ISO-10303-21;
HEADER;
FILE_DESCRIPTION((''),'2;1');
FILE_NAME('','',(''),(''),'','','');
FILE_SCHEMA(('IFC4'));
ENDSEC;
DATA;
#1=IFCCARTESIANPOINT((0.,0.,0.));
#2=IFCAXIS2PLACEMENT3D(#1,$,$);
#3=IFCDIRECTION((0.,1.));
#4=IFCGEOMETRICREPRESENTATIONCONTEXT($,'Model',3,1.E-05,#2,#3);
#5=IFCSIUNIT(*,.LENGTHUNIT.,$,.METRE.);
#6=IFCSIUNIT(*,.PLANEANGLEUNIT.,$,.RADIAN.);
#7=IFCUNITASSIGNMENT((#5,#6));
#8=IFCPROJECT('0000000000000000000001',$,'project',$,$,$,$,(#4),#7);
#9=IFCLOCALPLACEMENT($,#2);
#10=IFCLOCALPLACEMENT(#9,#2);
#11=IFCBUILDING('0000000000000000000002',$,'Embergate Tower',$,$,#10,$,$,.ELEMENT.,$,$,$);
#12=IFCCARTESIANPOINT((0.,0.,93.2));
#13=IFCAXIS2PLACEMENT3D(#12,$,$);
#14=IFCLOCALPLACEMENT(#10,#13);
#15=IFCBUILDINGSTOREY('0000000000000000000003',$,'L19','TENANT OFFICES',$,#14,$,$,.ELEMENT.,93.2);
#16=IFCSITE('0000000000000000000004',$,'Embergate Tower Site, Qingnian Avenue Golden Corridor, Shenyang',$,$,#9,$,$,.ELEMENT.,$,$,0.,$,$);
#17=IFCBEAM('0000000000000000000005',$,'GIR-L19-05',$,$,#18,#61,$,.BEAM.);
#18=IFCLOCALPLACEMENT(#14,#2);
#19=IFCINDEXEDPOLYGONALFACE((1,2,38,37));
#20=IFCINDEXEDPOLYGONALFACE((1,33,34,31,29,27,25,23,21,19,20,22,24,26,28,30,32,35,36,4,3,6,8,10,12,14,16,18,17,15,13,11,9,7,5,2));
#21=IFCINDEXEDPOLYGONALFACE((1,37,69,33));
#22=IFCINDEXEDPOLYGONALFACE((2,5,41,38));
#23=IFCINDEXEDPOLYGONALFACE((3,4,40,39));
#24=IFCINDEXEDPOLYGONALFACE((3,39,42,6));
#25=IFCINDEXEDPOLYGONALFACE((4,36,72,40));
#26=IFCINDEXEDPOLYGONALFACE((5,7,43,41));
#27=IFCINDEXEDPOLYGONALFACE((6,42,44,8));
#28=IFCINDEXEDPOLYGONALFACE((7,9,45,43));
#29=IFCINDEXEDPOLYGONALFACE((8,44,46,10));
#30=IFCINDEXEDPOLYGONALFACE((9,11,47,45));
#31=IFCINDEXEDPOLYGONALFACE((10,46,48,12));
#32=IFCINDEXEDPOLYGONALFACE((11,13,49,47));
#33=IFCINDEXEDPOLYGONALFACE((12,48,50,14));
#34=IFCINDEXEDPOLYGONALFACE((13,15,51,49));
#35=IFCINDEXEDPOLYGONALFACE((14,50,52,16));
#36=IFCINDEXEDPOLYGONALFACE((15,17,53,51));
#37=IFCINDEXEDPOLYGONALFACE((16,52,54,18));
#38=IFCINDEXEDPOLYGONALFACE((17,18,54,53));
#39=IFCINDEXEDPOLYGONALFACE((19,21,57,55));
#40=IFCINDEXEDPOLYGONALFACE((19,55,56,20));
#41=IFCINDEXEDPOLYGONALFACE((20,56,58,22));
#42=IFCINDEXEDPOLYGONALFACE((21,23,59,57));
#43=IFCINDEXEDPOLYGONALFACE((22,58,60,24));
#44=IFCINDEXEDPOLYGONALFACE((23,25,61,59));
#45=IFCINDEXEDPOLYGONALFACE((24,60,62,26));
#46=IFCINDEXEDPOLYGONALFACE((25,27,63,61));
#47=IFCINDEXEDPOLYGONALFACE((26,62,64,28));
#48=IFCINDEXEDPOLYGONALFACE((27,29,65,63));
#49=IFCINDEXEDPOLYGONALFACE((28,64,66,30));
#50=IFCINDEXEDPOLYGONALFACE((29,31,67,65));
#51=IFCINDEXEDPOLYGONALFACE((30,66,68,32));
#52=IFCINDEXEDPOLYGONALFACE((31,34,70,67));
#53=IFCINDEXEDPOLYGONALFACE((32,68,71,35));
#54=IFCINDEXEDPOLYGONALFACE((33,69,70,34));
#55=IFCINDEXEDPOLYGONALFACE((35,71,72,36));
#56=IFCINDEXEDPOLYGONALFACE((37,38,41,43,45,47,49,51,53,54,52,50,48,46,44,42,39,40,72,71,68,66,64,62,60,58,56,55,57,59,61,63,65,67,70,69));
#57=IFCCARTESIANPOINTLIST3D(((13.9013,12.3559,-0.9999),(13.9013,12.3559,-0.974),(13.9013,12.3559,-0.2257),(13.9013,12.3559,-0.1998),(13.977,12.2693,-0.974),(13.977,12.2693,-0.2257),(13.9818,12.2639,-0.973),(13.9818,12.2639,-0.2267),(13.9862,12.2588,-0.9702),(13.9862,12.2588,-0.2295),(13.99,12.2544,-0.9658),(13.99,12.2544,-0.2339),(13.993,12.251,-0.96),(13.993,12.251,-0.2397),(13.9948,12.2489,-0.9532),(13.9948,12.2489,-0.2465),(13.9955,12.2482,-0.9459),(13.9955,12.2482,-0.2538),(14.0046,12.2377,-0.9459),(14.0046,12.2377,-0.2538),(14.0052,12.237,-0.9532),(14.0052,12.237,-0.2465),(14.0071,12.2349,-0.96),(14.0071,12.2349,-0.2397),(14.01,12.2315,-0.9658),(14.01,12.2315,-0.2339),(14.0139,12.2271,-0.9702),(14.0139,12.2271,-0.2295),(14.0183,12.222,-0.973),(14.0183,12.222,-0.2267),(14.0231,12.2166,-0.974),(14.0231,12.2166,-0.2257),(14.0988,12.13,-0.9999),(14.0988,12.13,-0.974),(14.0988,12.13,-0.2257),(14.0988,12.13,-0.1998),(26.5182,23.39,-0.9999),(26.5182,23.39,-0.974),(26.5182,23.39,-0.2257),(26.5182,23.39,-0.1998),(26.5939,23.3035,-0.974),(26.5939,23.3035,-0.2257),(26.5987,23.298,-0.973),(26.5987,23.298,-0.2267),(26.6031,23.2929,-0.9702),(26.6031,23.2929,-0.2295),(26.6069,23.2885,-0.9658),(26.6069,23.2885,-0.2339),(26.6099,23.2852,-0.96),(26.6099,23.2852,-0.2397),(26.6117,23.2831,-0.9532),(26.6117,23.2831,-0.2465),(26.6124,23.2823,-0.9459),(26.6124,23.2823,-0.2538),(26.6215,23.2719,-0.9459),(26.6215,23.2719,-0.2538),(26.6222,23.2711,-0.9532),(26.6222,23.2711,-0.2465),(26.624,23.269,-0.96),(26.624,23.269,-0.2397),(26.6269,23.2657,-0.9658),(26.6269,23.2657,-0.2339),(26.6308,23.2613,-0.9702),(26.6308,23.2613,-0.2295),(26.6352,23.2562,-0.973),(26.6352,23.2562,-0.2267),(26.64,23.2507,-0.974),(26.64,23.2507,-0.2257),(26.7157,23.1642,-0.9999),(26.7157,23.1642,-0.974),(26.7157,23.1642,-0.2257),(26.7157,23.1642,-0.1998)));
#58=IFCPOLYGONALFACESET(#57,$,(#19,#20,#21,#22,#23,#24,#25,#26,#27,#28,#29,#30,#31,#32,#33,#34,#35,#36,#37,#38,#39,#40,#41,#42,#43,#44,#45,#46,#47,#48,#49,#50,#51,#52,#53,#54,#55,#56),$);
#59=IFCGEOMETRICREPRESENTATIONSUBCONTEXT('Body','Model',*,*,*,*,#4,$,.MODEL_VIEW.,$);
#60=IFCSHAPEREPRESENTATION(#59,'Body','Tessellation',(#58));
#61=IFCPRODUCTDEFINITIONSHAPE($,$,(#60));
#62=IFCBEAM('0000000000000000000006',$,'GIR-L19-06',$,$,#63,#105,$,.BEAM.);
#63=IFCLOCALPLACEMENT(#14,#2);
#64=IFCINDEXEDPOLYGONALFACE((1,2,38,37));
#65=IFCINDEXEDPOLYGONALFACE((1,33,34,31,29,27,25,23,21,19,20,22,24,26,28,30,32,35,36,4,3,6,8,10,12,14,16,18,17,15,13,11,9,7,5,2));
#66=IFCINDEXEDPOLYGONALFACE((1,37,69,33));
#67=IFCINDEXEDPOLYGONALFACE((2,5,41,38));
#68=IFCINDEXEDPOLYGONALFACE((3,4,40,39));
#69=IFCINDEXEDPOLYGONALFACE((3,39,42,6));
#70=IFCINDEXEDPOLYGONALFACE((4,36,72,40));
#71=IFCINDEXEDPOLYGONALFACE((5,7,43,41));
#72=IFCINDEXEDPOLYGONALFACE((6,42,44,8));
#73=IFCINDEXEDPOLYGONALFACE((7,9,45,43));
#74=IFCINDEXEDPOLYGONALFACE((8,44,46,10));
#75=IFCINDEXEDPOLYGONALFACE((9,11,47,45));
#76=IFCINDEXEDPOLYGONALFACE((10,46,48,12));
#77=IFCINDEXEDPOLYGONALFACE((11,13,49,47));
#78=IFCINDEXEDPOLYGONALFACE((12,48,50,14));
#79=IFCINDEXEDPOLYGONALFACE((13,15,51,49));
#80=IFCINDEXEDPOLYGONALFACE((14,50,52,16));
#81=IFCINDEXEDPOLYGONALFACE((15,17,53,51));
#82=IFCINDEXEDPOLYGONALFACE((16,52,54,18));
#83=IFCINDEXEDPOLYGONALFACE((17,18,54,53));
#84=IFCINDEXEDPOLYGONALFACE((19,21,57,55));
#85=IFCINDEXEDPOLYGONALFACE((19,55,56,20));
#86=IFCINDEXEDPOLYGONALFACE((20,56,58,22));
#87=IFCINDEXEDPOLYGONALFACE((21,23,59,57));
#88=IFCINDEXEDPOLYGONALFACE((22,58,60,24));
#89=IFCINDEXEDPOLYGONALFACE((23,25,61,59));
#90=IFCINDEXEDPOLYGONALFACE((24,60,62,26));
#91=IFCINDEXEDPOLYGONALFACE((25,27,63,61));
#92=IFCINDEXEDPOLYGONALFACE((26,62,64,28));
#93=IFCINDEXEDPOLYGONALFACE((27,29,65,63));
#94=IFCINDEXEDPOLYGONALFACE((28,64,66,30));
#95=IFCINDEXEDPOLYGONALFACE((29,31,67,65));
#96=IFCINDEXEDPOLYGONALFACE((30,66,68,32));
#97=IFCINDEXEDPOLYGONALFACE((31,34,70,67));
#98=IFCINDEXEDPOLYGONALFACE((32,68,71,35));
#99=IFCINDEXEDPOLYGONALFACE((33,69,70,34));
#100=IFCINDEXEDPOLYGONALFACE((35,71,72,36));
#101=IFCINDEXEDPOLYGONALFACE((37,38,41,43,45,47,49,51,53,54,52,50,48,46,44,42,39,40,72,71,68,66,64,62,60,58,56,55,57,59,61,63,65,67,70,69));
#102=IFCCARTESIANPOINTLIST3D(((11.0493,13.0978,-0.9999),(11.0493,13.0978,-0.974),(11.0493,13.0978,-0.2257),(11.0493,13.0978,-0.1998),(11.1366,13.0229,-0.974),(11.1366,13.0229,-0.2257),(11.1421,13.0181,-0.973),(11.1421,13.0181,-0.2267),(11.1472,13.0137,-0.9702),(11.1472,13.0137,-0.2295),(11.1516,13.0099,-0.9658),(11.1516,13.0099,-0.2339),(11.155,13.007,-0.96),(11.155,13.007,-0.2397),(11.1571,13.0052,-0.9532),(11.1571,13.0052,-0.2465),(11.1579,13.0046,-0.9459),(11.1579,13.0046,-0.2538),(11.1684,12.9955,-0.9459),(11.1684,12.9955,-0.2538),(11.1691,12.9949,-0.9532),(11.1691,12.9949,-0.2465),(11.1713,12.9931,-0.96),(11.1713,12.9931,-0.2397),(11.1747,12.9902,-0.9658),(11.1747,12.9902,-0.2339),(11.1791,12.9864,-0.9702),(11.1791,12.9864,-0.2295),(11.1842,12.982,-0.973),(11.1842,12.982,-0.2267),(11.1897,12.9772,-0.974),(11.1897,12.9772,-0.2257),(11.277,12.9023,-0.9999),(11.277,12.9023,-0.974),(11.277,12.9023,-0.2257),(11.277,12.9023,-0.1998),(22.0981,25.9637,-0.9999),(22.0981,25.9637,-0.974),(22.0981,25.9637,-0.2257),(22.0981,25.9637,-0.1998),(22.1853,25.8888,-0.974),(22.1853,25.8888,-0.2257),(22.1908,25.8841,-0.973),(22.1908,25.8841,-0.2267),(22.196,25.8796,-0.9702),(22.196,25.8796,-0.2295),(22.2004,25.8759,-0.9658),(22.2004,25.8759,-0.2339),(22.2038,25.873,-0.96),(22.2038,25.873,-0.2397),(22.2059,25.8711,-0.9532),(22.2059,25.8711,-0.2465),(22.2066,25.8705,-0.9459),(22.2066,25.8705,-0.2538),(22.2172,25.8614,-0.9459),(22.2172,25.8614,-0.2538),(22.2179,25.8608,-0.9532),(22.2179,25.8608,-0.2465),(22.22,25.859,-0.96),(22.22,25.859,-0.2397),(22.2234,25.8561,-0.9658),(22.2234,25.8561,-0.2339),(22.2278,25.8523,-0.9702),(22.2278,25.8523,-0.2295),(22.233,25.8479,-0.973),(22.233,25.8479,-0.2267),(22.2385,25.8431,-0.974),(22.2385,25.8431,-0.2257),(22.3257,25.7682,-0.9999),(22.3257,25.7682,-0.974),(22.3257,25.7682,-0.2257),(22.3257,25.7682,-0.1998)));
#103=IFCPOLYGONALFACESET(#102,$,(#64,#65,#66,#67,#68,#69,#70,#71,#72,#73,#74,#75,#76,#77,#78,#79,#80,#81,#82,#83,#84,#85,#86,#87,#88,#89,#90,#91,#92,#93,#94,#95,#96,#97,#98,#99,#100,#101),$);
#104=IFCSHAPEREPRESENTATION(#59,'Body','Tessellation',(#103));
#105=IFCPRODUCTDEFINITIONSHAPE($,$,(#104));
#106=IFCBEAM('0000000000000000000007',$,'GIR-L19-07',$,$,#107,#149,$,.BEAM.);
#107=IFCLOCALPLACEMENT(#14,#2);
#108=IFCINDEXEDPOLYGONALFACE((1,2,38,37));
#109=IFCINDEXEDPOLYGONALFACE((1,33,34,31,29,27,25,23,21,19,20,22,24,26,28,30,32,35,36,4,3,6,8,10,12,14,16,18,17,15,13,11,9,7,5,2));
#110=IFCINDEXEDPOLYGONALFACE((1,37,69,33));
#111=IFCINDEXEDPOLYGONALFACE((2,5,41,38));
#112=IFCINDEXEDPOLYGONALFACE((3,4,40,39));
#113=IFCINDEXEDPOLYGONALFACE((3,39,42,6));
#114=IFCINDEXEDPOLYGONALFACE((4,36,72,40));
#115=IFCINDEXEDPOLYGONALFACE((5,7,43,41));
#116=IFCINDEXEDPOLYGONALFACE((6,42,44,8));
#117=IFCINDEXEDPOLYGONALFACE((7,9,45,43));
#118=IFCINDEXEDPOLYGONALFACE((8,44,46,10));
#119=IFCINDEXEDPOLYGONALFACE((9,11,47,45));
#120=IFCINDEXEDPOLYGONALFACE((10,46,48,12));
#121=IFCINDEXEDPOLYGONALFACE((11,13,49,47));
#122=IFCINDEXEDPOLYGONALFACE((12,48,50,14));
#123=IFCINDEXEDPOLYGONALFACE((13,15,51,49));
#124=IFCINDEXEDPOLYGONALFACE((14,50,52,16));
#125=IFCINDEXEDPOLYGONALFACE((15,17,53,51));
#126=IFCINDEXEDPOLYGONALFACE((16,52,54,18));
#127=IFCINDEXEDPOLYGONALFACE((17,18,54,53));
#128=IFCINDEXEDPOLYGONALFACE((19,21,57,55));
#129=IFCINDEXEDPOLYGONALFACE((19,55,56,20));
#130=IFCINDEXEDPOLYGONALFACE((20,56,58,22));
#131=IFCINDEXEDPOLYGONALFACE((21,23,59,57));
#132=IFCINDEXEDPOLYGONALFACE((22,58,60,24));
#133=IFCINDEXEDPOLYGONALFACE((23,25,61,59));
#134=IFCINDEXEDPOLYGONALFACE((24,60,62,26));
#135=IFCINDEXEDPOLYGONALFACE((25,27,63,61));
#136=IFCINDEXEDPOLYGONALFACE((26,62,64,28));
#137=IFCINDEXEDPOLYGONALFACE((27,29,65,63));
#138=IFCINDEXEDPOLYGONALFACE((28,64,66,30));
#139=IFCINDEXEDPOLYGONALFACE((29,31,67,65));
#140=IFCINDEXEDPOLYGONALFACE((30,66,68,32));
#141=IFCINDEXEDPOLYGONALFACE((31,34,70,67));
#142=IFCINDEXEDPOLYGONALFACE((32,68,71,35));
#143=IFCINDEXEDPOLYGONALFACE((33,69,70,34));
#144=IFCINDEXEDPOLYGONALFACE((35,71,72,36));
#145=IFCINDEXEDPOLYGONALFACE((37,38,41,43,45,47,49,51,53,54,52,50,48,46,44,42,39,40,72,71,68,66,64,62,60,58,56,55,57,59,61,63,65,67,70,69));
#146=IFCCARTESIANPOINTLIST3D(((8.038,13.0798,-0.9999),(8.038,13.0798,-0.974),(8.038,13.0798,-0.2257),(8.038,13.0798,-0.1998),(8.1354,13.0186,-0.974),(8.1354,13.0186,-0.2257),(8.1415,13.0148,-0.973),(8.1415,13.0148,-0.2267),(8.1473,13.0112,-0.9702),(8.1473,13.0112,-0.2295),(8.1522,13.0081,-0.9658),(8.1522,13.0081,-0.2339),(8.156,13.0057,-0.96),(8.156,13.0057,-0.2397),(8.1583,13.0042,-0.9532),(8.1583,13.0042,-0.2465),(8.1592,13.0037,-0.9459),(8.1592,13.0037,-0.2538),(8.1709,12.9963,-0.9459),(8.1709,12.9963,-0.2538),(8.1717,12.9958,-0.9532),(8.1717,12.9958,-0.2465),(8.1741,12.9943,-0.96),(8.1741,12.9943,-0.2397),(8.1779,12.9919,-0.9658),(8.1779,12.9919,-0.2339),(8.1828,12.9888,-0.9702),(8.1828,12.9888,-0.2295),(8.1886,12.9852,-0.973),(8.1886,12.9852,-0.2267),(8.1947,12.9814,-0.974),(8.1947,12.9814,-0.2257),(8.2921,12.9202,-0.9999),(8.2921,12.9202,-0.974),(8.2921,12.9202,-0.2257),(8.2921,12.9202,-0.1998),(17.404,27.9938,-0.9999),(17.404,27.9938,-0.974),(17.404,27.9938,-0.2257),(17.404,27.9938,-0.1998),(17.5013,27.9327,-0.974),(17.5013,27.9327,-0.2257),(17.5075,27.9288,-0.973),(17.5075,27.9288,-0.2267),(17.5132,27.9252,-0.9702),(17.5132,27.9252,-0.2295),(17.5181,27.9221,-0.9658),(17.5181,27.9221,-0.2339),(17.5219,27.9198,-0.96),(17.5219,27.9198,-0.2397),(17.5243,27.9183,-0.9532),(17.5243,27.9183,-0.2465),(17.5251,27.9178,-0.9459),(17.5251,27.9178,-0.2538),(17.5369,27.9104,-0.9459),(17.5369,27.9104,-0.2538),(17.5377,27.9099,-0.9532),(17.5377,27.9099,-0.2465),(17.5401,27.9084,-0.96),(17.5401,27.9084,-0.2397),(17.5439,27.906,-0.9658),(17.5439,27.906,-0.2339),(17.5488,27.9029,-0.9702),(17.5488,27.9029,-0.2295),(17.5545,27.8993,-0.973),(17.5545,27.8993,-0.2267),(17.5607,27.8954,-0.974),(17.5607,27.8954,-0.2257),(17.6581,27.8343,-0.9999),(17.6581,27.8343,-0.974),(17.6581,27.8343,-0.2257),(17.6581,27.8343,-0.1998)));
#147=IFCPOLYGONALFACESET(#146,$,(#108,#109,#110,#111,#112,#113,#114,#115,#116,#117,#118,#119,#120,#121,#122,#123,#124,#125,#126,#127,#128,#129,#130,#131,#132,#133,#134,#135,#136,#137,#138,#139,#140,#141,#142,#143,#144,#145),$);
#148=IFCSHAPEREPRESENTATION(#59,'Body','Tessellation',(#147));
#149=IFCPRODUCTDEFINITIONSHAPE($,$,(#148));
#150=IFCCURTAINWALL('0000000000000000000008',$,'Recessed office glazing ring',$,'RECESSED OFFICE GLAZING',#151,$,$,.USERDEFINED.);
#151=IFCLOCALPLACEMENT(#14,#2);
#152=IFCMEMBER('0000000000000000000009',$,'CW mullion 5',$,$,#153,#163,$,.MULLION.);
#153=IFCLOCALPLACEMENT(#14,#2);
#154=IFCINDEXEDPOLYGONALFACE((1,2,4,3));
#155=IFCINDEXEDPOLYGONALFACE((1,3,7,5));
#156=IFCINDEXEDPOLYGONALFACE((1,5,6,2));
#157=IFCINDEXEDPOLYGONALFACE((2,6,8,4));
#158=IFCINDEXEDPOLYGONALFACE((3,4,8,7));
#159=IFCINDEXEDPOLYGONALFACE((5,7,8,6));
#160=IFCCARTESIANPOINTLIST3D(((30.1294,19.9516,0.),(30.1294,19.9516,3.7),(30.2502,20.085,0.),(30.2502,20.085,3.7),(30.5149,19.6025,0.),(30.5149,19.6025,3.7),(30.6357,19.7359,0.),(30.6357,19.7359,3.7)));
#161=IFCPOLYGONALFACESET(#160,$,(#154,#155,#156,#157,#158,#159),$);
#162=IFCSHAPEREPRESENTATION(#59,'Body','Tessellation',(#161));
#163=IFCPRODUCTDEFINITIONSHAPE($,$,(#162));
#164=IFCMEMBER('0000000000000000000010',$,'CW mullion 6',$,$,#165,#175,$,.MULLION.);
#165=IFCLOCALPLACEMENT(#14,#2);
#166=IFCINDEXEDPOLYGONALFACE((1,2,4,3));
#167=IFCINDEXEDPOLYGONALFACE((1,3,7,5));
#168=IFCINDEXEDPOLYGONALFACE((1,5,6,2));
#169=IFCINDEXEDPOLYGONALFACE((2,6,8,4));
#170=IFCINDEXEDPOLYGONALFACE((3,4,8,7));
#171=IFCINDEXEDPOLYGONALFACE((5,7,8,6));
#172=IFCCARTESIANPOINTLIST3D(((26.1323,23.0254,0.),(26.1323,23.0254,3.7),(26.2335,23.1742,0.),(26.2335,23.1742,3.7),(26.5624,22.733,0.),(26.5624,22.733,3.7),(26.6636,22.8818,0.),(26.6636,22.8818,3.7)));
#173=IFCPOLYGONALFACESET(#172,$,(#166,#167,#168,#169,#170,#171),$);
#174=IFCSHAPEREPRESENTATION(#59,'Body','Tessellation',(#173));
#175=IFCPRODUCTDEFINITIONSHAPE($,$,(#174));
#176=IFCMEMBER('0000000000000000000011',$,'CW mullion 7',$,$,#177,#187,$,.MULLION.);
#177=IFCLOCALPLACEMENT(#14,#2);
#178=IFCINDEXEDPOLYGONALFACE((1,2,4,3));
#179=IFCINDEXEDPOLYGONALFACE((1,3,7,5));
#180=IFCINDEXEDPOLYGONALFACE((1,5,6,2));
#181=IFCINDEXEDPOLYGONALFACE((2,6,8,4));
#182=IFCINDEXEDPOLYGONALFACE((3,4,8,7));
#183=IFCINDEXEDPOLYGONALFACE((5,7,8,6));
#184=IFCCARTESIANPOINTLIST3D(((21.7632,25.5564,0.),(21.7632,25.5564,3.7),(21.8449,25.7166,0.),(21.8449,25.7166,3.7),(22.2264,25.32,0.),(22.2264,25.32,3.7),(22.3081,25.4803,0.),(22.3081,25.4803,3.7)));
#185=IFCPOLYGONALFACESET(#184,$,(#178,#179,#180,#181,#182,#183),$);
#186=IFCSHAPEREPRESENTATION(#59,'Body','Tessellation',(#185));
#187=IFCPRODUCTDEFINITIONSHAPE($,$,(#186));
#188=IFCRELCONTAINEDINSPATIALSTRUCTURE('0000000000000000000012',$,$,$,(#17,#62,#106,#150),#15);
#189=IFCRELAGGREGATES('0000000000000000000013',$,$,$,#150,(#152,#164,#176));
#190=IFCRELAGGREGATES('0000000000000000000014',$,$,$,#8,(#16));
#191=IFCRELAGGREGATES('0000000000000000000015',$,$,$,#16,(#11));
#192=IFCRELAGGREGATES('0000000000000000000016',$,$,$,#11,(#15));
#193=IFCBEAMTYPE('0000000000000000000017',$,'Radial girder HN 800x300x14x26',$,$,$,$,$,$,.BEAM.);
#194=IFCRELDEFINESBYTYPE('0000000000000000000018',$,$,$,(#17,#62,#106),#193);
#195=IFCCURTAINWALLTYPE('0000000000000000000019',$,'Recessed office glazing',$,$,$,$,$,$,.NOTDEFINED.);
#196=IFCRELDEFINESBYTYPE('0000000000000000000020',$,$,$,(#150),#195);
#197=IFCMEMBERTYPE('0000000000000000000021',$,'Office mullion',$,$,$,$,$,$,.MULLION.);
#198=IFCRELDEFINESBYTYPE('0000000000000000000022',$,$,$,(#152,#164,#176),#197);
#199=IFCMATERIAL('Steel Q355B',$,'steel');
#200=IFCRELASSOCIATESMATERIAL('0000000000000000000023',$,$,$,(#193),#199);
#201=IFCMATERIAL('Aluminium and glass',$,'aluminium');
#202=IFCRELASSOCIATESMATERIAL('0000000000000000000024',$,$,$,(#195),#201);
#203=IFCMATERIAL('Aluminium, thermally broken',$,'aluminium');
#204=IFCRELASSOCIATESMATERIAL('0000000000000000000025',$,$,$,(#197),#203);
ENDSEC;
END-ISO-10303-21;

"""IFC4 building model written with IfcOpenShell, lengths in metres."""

from ifc_helpers import new_model, si_unit, direction, frame, origin, origin_2d, place, context, subcontext, project, spatial, rectangle, i_section, extrude, source, transform, mapped, material, material_profile, profile_set, type_object, element, aggregate, save


model = new_model("IFC4")

# Units and contexts
model_context = context("Model", 3, precision=1e-05, world=origin(), true_north=direction((0.0, 1.0)))
body_context = subcontext(model_context, "Body", "Model", "MODEL_VIEW")
ifc_project = project(units=[si_unit("LENGTHUNIT", "METRE"), si_unit("PLANEANGLEUNIT", "RADIAN")], contexts=[model_context])

# Site, building, storey
site_placement = place(None, origin())
site = spatial("IfcSite", under=ifc_project, at=site_placement, Name="Embergate Tower Site, Qingnian Avenue Golden Corridor, Shenyang", CompositionType="ELEMENT", RefElevation=0.0)
building_placement = place(site_placement, origin())
building = spatial("IfcBuilding", under=site, at=building_placement, Name="Embergate Tower", CompositionType="ELEMENT")
storey_placement = place(building_placement, frame((0.0, 0.0, 93.2)))
storey = spatial("IfcBuildingStorey", under=building, at=storey_placement, Name="L19", Description="TENANT OFFICES", CompositionType="ELEMENT", Elevation=93.2)

# Beams
ifc_material_1 = material(Name="Steel Q355B", Category="steel")
ifc_material_profile_1 = material_profile(ifc_material_1, i_section(OverallWidth=0.3, OverallDepth=0.8, WebThickness=0.0139, FlangeThickness=0.0259, FilletRadius=0.0281, at=origin_2d()), Name="HN 800x300x14x26")
ifc_profile_set_1 = profile_set([ifc_material_profile_1], Name="Steel Q355 grade B")
beam_type_1 = type_object("IfcBeamType", Name="Radial girder HN 800x300x14x26", PredefinedType="BEAM", material=ifc_profile_set_1)
shared_shape_1 = source(origin(), body_context, "Body", "SweptSolid", [
    extrude(i_section(OverallWidth=0.3, OverallDepth=0.8, WebThickness=0.0139, FlangeThickness=0.0259, FilletRadius=0.0281, at=origin_2d()), origin(), (0.0, 0.0, 1.0), 16.7612),
])
beam_1_placement = place(storey_placement, frame((26.6169, 23.2771, -0.5999), z_axis=(-0.752744, -0.658314, 0.0), x_axis=(0.658314, -0.752744, 0.0)))
element("IfcBeam", 1, at=beam_1_placement, inside=storey, type_object=beam_type_1, Name="GIR-L19-05", PredefinedType="BEAM", context=body_context, shape_type="MappedRepresentation", body=[
    mapped(shared_shape_1, transform((0.0, 0.0, 0.0))),
])
shared_shape_2 = source(origin(), body_context, "Body", "SweptSolid", [
    extrude(i_section(OverallWidth=0.3, OverallDepth=0.8, WebThickness=0.0139, FlangeThickness=0.0259, FilletRadius=0.0281, at=origin_2d()), origin(), (0.0, 0.0, 1.0), 16.959),
])
beam_2_placement = place(storey_placement, frame((22.2119, 25.866, -0.5999), z_axis=(-0.6515, -0.758649, 0.0), x_axis=(0.758649, -0.6515, 0.0)))
element("IfcBeam", 2, at=beam_2_placement, inside=storey, type_object=beam_type_1, Name="GIR-L19-06", PredefinedType="BEAM", context=body_context, shape_type="MappedRepresentation", body=[
    mapped(shared_shape_2, transform((0.0, 0.0, 0.0))),
])
shared_shape_3 = source(origin(), body_context, "Body", "SweptSolid", [
    extrude(i_section(OverallWidth=0.3, OverallDepth=0.8, WebThickness=0.0139, FlangeThickness=0.0259, FilletRadius=0.0281, at=origin_2d()), origin(), (0.0, 0.0, 1.0), 17.6111),
])
beam_3_placement = place(storey_placement, frame((17.531, 27.9141, -0.5999), z_axis=(-0.531822, -0.846856, 0.0), x_axis=(0.846856, -0.531822, 0.0)))
element("IfcBeam", 3, at=beam_3_placement, inside=storey, type_object=beam_type_1, Name="GIR-L19-07", PredefinedType="BEAM", context=body_context, shape_type="MappedRepresentation", body=[
    mapped(shared_shape_3, transform((0.0, 0.0, 0.0))),
])

# Curtain wall, members
ifc_material_2 = material(Name="Aluminium and glass", Category="aluminium")
curtain_wall_type = type_object("IfcCurtainWallType", Name="Recessed office glazing", PredefinedType="NOTDEFINED", material=ifc_material_2)
curtain_wall_placement = place(storey_placement, origin())
curtain_wall = element("IfcCurtainWall", 4, at=curtain_wall_placement, inside=storey, type_object=curtain_wall_type, Name="Recessed office glazing ring", ObjectType="RECESSED OFFICE GLAZING", PredefinedType="USERDEFINED")
ifc_material_3 = material(Name="Aluminium, thermally broken", Category="aluminium")
ifc_material_profile_2 = material_profile(ifc_material_3, rectangle(XDim=0.1799, YDim=0.52, at=origin_2d()), Name="AL 520x180")
ifc_profile_set_2 = profile_set([ifc_material_profile_2], Name="Aluminium, thermally broken")
member_type_1 = type_object("IfcMemberType", Name="Office mullion", PredefinedType="MULLION", material=ifc_profile_set_2)
shared_shape_4 = source(origin(), body_context, "Body", "SweptSolid", [
    extrude(rectangle(XDim=0.1799, YDim=0.52, at=origin_2d()), origin(), (0.0, 0.0, 1.0), 3.7),
])
member_1_placement = place(storey_placement, frame((30.3826, 19.8438, 0.0), z_axis=(0.0, 0.0, 1.0), x_axis=(-0.671232, -0.741248, 0.0)))
member_1 = element("IfcMember", 5, at=member_1_placement, type_object=member_type_1, Name="CW mullion 5", PredefinedType="MULLION", context=body_context, shape_type="MappedRepresentation", body=[
    mapped(shared_shape_4, transform((0.0, 0.0, 0.0))),
])
member_2_placement = place(storey_placement, frame((26.3979, 22.9536, 0.0), z_axis=(0.0, 0.0, 1.0), x_axis=(-0.562221, -0.826987, 0.0)))
member_2 = element("IfcMember", 6, at=member_2_placement, type_object=member_type_1, Name="CW mullion 6", PredefinedType="MULLION", context=body_context, shape_type="MappedRepresentation", body=[
    mapped(shared_shape_4, transform((0.0, 0.0, 0.0))),
])
member_3_placement = place(storey_placement, frame((22.0356, 25.5183, 0.0), z_axis=(0.0, 0.0, 1.0), x_axis=(-0.454514, -0.890739, 0.0)))
member_3 = element("IfcMember", 7, at=member_3_placement, type_object=member_type_1, Name="CW mullion 7", PredefinedType="MULLION", context=body_context, shape_type="MappedRepresentation", body=[
    mapped(shared_shape_4, transform((0.0, 0.0, 0.0))),
])
aggregate(curtain_wall, [member_1, member_2, member_3])

save(model, "model.ifc")
